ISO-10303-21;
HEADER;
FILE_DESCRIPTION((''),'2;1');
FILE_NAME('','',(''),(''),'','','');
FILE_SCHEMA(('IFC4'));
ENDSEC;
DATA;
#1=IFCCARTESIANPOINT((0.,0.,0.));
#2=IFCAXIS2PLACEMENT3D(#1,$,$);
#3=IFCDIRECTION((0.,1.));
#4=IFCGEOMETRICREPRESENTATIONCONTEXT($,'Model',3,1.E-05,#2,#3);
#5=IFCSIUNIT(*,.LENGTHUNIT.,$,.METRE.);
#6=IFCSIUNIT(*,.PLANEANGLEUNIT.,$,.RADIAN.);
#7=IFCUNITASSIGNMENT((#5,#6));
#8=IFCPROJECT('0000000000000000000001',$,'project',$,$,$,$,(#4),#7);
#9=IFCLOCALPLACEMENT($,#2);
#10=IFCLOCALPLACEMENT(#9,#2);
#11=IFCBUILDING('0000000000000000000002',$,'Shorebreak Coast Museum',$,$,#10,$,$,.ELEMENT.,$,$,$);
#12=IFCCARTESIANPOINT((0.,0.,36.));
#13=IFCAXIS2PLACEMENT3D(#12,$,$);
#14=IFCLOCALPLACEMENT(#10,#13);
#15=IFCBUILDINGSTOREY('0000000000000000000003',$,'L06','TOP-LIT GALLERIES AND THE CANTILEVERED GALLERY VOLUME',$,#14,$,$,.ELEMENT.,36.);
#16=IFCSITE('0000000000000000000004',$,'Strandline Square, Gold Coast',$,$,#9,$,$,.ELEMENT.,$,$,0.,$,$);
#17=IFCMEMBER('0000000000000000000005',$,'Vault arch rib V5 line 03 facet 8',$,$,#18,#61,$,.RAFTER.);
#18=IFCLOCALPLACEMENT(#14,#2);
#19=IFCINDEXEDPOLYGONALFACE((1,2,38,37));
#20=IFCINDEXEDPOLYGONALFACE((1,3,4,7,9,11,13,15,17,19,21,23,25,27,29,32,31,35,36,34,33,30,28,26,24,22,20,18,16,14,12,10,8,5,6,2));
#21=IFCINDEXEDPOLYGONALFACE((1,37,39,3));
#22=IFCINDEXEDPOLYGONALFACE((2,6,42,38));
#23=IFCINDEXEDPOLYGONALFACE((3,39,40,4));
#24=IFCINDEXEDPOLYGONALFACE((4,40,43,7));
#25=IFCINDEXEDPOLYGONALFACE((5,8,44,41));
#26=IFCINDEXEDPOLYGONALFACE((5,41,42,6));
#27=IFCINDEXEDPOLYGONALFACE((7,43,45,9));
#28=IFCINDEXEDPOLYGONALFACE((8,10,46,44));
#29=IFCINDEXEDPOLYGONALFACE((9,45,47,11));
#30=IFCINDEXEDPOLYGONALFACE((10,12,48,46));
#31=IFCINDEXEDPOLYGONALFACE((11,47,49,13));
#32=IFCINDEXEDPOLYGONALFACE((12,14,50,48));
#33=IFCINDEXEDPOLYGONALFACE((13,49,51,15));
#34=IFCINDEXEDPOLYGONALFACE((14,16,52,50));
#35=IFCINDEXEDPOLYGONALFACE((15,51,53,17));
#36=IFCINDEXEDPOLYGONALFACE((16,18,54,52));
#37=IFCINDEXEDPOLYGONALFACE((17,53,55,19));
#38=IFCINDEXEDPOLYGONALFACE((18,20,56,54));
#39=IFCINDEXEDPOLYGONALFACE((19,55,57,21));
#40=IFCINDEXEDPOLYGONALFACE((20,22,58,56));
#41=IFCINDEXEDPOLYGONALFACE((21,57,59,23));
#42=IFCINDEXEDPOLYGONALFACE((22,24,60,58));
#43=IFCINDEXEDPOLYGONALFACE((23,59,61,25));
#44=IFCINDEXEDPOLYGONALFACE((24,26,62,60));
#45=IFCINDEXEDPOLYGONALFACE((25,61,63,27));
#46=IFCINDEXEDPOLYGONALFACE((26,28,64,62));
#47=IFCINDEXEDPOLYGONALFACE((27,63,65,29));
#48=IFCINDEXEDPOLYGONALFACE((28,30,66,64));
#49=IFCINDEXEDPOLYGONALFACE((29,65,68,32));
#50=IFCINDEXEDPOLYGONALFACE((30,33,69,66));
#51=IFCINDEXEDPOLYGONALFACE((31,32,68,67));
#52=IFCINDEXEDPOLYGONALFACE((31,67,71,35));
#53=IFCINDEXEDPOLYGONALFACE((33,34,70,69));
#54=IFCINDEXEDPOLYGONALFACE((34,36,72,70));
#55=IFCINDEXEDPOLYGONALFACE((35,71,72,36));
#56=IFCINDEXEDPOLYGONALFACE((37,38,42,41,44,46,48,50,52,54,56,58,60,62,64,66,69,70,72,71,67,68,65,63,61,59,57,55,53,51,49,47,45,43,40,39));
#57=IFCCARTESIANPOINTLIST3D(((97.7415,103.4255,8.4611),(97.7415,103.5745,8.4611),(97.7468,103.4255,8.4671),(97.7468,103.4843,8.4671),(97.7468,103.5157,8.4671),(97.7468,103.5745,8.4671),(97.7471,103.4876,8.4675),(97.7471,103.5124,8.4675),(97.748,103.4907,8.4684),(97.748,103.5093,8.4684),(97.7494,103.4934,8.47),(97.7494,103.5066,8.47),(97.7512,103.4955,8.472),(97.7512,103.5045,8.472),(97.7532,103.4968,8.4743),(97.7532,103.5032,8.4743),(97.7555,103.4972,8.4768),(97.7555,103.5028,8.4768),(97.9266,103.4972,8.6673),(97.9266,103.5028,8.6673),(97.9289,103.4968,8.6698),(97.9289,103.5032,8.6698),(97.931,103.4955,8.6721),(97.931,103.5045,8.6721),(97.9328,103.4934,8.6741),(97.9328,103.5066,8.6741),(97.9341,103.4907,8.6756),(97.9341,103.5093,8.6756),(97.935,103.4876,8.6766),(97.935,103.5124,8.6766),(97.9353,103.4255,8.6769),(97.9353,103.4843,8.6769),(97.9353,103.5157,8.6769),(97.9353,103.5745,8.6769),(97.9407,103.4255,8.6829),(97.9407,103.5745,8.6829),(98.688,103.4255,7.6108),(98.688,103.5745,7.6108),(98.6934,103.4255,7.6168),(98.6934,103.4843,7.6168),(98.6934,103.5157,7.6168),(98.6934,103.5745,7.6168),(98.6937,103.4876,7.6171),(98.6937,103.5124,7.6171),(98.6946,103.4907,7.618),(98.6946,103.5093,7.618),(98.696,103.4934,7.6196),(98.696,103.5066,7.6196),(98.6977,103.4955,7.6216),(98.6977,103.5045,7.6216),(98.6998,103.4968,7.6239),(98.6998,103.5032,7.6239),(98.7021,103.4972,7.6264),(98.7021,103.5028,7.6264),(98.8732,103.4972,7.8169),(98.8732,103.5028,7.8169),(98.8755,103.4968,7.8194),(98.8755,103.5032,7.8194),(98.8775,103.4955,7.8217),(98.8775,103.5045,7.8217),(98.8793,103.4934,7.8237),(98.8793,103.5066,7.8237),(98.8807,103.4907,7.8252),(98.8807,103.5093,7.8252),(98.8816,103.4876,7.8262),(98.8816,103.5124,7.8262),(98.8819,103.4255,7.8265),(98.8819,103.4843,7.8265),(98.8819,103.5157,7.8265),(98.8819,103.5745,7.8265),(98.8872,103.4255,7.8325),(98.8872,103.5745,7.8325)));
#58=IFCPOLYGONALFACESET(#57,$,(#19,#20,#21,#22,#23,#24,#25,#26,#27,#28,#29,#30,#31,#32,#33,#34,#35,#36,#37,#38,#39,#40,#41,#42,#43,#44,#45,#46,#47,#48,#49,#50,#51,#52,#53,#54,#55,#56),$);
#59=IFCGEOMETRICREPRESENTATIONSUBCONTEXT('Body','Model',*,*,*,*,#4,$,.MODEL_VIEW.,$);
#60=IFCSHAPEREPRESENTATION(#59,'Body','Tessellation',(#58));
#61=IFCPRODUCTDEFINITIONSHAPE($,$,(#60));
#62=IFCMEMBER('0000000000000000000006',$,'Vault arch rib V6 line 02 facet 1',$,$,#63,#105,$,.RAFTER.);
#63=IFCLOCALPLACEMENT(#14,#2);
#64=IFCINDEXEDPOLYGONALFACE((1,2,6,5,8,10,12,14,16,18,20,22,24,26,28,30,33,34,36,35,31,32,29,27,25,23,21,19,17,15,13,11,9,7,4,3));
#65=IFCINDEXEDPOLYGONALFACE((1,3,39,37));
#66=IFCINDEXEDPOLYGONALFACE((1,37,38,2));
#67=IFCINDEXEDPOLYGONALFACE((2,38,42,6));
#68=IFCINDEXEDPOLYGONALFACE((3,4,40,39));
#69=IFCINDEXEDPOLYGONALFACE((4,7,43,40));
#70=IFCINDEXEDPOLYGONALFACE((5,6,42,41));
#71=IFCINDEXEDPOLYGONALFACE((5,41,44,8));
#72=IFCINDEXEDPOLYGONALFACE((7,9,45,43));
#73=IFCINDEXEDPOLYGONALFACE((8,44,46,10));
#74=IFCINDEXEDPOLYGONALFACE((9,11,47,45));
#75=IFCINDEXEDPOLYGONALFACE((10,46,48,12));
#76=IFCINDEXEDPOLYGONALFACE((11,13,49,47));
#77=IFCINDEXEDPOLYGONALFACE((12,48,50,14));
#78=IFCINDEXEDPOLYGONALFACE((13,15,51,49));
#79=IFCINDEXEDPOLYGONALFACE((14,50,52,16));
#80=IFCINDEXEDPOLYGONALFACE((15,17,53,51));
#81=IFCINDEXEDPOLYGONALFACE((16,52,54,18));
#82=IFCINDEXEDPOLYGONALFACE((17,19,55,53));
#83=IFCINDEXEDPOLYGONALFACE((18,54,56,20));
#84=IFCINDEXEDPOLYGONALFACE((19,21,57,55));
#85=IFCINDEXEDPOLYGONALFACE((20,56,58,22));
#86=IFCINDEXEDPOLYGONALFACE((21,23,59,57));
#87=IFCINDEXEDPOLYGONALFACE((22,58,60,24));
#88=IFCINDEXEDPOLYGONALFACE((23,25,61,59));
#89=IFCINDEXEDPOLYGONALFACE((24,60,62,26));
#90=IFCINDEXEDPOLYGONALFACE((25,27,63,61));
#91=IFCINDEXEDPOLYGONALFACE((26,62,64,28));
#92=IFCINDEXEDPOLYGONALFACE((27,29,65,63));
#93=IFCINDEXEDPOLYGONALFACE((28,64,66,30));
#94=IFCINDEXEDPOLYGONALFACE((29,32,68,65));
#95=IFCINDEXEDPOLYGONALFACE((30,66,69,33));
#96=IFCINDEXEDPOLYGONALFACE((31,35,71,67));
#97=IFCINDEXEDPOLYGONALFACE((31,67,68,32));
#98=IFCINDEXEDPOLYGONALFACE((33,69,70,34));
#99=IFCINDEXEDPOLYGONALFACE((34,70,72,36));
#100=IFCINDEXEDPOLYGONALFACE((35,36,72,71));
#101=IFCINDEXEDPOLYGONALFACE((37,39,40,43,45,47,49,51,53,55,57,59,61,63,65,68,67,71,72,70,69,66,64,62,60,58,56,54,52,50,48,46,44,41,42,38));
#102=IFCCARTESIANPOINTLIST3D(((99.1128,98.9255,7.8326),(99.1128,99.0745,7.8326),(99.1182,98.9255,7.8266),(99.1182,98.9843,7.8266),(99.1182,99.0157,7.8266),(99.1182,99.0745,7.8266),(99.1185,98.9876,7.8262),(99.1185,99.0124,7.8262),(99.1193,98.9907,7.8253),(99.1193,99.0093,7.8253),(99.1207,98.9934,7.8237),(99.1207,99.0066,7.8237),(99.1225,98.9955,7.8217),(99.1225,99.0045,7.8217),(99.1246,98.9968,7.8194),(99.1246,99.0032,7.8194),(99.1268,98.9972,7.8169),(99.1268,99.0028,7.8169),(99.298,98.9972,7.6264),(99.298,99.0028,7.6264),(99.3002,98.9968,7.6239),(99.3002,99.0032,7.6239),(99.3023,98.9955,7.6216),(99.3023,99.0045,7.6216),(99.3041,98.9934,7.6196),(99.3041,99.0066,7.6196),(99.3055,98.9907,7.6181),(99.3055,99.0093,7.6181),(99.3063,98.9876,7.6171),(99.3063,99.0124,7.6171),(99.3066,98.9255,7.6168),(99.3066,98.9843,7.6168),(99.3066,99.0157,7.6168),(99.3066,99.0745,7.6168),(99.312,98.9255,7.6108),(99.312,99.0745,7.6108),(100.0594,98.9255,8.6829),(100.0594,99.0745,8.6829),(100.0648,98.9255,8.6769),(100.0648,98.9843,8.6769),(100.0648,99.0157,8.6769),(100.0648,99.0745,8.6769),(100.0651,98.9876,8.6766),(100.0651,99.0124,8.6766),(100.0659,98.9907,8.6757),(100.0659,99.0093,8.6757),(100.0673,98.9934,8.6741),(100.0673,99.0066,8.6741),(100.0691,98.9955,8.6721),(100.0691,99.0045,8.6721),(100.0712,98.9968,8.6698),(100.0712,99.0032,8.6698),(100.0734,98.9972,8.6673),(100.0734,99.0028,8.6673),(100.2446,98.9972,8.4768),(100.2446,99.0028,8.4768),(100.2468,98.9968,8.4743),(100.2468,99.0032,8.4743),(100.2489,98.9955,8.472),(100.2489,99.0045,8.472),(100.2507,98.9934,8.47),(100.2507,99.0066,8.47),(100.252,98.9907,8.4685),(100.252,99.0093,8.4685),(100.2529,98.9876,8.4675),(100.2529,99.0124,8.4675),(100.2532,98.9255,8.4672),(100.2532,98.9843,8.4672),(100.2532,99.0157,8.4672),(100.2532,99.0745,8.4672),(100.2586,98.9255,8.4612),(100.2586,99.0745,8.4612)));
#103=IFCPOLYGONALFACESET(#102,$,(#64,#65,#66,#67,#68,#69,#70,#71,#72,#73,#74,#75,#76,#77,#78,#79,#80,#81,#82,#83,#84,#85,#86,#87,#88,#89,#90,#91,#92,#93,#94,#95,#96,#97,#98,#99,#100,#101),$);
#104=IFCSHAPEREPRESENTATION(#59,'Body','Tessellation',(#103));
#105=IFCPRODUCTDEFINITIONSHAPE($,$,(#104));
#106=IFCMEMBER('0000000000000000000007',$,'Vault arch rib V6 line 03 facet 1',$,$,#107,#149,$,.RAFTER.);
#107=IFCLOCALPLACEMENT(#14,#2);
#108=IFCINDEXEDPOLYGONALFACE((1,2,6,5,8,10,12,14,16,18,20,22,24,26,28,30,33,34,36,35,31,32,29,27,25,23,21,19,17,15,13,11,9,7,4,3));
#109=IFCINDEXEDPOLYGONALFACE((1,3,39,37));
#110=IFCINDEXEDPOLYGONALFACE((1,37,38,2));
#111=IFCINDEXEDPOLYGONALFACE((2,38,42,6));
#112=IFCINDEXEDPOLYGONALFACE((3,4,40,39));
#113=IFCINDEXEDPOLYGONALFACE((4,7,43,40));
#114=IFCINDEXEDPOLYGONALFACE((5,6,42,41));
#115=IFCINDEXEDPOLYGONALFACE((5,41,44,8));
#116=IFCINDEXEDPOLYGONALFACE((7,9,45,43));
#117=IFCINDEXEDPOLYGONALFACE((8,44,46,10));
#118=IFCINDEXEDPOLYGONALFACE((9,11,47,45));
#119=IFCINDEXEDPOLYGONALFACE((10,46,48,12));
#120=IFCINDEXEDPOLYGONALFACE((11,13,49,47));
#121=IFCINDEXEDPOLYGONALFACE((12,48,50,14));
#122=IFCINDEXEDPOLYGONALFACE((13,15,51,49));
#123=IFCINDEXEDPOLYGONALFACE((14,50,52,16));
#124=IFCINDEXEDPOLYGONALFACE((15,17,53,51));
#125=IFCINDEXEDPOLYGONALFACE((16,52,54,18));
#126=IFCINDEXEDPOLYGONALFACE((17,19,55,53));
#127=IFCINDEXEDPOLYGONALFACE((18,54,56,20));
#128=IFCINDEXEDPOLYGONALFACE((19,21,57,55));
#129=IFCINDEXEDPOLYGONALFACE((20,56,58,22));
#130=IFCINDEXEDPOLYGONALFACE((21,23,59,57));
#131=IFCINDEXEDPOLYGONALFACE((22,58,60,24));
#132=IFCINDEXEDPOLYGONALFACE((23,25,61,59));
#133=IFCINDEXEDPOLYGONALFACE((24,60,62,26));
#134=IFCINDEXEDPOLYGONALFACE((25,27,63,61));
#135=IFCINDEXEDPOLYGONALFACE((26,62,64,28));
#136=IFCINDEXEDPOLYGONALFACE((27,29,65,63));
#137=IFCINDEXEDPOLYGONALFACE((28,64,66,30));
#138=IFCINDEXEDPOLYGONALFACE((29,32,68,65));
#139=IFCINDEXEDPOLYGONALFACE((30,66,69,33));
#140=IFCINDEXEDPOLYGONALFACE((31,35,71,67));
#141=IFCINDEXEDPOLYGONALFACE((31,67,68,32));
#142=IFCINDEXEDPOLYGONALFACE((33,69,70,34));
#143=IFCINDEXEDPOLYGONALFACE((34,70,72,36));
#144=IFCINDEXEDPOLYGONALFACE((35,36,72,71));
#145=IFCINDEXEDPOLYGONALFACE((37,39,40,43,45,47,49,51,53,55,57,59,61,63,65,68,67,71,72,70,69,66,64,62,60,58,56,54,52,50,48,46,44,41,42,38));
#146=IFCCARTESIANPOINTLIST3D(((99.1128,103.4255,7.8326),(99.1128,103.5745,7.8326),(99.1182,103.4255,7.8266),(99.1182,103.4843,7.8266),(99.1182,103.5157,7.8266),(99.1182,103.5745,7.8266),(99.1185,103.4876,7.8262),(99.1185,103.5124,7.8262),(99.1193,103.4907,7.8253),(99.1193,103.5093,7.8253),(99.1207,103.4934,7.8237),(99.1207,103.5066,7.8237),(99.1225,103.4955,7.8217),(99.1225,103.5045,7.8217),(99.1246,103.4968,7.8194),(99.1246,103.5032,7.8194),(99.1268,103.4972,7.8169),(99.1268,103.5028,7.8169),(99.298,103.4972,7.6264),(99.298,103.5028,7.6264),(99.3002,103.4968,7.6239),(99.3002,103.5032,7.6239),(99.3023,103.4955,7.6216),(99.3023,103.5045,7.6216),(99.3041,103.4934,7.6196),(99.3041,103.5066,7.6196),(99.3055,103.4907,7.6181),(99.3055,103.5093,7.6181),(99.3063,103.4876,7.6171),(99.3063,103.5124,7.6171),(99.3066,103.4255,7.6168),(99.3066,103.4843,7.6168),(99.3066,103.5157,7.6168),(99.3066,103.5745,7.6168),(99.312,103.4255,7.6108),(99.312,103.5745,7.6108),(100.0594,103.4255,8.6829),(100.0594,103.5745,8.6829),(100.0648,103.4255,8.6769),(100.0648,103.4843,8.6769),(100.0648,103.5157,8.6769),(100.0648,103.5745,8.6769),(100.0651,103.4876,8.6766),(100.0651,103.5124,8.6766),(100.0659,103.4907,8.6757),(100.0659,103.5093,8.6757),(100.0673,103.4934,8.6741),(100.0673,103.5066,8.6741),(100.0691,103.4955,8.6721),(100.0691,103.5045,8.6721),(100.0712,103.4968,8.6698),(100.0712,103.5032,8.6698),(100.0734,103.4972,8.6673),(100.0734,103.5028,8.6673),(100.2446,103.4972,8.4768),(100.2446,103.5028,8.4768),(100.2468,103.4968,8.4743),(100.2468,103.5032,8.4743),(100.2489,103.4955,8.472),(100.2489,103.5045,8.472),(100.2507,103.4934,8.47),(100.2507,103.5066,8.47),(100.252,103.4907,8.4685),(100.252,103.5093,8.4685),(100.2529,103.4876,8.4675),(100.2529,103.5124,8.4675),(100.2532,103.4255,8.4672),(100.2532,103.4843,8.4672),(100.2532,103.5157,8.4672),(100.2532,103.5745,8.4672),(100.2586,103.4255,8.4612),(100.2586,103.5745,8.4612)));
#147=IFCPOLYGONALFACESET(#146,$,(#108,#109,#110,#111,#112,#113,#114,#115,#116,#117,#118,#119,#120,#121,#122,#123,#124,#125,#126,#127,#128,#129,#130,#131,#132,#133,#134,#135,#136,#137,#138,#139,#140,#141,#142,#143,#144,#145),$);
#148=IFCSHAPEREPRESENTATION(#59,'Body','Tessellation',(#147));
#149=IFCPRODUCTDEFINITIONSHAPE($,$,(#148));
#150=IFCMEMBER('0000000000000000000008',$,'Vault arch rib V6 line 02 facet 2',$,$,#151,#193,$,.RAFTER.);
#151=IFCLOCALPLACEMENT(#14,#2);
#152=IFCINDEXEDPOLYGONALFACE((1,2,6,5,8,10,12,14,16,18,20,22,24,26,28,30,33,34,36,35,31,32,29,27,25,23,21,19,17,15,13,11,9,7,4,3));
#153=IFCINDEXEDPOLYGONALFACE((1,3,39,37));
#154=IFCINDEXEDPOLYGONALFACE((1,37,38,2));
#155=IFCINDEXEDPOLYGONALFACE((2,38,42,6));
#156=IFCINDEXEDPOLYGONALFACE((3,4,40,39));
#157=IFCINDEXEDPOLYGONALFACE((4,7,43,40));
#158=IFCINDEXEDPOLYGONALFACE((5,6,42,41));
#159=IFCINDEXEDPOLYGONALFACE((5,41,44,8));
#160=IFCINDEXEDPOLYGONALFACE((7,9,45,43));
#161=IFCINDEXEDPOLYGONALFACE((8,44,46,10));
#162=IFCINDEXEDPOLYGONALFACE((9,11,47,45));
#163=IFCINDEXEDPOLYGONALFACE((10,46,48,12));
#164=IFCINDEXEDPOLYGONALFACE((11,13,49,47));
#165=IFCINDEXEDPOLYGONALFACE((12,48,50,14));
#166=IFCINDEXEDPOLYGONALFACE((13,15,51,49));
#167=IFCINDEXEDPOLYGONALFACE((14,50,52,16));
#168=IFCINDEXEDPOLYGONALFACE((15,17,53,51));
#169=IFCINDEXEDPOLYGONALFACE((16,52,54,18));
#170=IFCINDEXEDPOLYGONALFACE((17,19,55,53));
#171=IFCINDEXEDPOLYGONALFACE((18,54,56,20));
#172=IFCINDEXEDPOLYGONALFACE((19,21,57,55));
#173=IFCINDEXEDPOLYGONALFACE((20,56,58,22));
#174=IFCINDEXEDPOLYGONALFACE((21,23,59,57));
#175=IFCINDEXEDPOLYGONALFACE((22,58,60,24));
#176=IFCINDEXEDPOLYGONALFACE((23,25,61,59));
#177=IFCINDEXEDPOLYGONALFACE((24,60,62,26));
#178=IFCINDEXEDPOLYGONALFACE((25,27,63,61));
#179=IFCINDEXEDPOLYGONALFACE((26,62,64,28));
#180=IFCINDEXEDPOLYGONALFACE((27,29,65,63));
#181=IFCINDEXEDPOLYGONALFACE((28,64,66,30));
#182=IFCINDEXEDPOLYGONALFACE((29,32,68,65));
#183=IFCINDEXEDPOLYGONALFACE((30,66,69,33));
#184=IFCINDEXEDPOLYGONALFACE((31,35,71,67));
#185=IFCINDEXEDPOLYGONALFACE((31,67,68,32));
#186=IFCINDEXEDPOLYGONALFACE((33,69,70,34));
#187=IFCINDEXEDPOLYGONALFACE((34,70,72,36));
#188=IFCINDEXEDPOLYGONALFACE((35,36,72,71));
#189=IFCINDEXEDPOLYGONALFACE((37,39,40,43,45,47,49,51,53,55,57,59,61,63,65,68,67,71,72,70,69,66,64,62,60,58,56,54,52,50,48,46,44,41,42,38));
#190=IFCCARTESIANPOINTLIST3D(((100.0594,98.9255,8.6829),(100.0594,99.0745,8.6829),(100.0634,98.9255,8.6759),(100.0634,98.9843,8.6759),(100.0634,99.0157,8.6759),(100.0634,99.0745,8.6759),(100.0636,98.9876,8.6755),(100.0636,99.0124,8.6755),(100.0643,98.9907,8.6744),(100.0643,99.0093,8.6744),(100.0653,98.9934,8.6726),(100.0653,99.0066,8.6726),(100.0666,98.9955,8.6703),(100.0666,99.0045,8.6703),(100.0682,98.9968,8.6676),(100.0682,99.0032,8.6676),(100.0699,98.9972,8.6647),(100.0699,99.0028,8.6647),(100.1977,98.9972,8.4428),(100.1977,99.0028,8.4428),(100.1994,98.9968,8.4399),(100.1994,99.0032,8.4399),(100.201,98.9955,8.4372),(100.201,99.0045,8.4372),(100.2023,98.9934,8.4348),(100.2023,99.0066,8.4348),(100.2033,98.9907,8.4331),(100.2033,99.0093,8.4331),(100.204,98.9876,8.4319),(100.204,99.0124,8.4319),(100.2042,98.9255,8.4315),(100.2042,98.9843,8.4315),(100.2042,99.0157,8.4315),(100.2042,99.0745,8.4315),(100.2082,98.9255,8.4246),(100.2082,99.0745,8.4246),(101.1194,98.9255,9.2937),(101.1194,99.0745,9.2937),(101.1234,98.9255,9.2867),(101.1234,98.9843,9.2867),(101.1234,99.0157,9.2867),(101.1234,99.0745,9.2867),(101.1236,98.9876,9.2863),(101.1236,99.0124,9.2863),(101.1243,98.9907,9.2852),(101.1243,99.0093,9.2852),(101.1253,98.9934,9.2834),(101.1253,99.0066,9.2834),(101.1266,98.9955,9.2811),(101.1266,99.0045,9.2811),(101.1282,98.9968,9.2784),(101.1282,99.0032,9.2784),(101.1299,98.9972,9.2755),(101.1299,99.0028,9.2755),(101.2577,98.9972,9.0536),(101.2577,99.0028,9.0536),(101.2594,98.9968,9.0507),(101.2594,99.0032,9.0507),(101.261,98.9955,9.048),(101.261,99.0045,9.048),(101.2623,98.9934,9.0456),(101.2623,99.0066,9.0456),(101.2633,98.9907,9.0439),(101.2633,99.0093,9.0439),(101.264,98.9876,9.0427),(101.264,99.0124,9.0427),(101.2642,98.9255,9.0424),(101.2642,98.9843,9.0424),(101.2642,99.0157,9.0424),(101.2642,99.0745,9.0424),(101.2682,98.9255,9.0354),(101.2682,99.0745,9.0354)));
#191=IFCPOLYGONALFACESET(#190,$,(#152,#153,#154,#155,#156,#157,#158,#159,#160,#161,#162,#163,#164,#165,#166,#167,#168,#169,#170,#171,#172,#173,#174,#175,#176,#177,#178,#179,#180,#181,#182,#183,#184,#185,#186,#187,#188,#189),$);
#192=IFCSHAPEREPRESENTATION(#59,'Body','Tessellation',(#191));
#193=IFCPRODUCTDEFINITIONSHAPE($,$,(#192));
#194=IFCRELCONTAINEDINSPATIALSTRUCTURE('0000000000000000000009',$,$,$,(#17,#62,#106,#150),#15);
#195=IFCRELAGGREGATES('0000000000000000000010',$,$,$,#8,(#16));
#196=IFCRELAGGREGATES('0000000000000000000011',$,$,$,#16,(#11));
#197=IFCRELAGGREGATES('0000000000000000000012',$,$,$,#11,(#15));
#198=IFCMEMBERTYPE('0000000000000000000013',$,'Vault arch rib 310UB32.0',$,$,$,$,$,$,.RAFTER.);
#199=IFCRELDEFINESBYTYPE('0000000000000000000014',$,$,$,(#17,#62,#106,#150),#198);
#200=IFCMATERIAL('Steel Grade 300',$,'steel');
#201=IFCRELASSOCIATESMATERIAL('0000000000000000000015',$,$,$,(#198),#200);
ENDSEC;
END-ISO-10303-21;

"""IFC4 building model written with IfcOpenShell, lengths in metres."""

from ifc_helpers import new_model, si_unit, direction, frame, origin, origin_2d, place, context, subcontext, project, spatial, i_section, extrude, material, material_profile, profile_set, type_object, element, save


model = new_model("IFC4")

# Units and contexts
model_context = context("Model", 3, precision=1e-05, world=origin(), true_north=direction((0.0, 1.0)))
body_context = subcontext(model_context, "Body", "Model", "MODEL_VIEW")
ifc_project = project(units=[si_unit("LENGTHUNIT", "METRE"), si_unit("PLANEANGLEUNIT", "RADIAN")], contexts=[model_context])

# Site, building, storey
site_placement = place(None, origin())
site = spatial("IfcSite", under=ifc_project, at=site_placement, Name="Strandline Square, Gold Coast", CompositionType="ELEMENT", RefElevation=0.0)
building_placement = place(site_placement, origin())
building = spatial("IfcBuilding", under=site, at=building_placement, Name="Shorebreak Coast Museum", CompositionType="ELEMENT")
storey_placement = place(building_placement, frame((0.0, 0.0, 36.0)))
storey = spatial("IfcBuildingStorey", under=building, at=storey_placement, Name="L06", Description="TOP-LIT GALLERIES AND THE CANTILEVERED GALLERY VOLUME", CompositionType="ELEMENT", Elevation=36.0)

# Members
ifc_material_1 = material(Name="Steel Grade 300", Category="steel")
ifc_material_profile_1 = material_profile(ifc_material_1, i_section(OverallWidth=0.1489, OverallDepth=0.2981, WebThickness=0.0056, FlangeThickness=0.0081, FilletRadius=0.0129, at=origin_2d()), Name="310UB32.0")
ifc_profile_set_1 = profile_set([ifc_material_profile_1], Name="Steel Grade 300")
member_type_1 = type_object("IfcMemberType", Name="Vault arch rib 310UB32.0", PredefinedType="RAFTER", material=ifc_profile_set_1)
for number, where, z_axis, x_axis, name in (
    (1, (97.8411, 103.5, 8.572), (0.743895, 0.0, -0.668297), (0.0, 1.0, 0.0), "Vault arch rib V5 line 03 facet 8"),
    (2, (99.2124, 99.0, 7.7217), (0.743895, 0.0, 0.668297), (0.0, 1.0, 0.0), "Vault arch rib V6 line 02 facet 1"),
    (3, (99.2124, 103.5, 7.7217), (0.743895, 0.0, 0.668297), (0.0, 1.0, 0.0), "Vault arch rib V6 line 03 facet 1"),
):
    element("IfcMember", number, at=place(storey_placement, frame(where, z_axis=z_axis, x_axis=x_axis)), inside=storey, type_object=member_type_1, Name=name, PredefinedType="RAFTER", context=body_context, shape_type="SweptSolid", body=[
        extrude(i_section(OverallWidth=0.1489, OverallDepth=0.2981, WebThickness=0.0056, FlangeThickness=0.0081, FilletRadius=0.0129, at=origin_2d()), origin(), (0.0, 0.0, 1.0), 1.2725),
    ])
for number, where, z_axis, x_axis, name in (
    (4, (100.1338, 99.0, 8.5537), (0.866445, 0.0, 0.499273), (0.0, 1.0, 0.0), "Vault arch rib V6 line 02 facet 2"),
):
    element("IfcMember", number, at=place(storey_placement, frame(where, z_axis=z_axis, x_axis=x_axis)), inside=storey, type_object=member_type_1, Name=name, PredefinedType="RAFTER", context=body_context, shape_type="SweptSolid", body=[
        extrude(i_section(OverallWidth=0.1489, OverallDepth=0.2981, WebThickness=0.0056, FlangeThickness=0.0081, FilletRadius=0.0129, at=origin_2d()), origin(), (0.0, 0.0, 1.0), 1.2234),
    ])

save(model, "model.ifc")
